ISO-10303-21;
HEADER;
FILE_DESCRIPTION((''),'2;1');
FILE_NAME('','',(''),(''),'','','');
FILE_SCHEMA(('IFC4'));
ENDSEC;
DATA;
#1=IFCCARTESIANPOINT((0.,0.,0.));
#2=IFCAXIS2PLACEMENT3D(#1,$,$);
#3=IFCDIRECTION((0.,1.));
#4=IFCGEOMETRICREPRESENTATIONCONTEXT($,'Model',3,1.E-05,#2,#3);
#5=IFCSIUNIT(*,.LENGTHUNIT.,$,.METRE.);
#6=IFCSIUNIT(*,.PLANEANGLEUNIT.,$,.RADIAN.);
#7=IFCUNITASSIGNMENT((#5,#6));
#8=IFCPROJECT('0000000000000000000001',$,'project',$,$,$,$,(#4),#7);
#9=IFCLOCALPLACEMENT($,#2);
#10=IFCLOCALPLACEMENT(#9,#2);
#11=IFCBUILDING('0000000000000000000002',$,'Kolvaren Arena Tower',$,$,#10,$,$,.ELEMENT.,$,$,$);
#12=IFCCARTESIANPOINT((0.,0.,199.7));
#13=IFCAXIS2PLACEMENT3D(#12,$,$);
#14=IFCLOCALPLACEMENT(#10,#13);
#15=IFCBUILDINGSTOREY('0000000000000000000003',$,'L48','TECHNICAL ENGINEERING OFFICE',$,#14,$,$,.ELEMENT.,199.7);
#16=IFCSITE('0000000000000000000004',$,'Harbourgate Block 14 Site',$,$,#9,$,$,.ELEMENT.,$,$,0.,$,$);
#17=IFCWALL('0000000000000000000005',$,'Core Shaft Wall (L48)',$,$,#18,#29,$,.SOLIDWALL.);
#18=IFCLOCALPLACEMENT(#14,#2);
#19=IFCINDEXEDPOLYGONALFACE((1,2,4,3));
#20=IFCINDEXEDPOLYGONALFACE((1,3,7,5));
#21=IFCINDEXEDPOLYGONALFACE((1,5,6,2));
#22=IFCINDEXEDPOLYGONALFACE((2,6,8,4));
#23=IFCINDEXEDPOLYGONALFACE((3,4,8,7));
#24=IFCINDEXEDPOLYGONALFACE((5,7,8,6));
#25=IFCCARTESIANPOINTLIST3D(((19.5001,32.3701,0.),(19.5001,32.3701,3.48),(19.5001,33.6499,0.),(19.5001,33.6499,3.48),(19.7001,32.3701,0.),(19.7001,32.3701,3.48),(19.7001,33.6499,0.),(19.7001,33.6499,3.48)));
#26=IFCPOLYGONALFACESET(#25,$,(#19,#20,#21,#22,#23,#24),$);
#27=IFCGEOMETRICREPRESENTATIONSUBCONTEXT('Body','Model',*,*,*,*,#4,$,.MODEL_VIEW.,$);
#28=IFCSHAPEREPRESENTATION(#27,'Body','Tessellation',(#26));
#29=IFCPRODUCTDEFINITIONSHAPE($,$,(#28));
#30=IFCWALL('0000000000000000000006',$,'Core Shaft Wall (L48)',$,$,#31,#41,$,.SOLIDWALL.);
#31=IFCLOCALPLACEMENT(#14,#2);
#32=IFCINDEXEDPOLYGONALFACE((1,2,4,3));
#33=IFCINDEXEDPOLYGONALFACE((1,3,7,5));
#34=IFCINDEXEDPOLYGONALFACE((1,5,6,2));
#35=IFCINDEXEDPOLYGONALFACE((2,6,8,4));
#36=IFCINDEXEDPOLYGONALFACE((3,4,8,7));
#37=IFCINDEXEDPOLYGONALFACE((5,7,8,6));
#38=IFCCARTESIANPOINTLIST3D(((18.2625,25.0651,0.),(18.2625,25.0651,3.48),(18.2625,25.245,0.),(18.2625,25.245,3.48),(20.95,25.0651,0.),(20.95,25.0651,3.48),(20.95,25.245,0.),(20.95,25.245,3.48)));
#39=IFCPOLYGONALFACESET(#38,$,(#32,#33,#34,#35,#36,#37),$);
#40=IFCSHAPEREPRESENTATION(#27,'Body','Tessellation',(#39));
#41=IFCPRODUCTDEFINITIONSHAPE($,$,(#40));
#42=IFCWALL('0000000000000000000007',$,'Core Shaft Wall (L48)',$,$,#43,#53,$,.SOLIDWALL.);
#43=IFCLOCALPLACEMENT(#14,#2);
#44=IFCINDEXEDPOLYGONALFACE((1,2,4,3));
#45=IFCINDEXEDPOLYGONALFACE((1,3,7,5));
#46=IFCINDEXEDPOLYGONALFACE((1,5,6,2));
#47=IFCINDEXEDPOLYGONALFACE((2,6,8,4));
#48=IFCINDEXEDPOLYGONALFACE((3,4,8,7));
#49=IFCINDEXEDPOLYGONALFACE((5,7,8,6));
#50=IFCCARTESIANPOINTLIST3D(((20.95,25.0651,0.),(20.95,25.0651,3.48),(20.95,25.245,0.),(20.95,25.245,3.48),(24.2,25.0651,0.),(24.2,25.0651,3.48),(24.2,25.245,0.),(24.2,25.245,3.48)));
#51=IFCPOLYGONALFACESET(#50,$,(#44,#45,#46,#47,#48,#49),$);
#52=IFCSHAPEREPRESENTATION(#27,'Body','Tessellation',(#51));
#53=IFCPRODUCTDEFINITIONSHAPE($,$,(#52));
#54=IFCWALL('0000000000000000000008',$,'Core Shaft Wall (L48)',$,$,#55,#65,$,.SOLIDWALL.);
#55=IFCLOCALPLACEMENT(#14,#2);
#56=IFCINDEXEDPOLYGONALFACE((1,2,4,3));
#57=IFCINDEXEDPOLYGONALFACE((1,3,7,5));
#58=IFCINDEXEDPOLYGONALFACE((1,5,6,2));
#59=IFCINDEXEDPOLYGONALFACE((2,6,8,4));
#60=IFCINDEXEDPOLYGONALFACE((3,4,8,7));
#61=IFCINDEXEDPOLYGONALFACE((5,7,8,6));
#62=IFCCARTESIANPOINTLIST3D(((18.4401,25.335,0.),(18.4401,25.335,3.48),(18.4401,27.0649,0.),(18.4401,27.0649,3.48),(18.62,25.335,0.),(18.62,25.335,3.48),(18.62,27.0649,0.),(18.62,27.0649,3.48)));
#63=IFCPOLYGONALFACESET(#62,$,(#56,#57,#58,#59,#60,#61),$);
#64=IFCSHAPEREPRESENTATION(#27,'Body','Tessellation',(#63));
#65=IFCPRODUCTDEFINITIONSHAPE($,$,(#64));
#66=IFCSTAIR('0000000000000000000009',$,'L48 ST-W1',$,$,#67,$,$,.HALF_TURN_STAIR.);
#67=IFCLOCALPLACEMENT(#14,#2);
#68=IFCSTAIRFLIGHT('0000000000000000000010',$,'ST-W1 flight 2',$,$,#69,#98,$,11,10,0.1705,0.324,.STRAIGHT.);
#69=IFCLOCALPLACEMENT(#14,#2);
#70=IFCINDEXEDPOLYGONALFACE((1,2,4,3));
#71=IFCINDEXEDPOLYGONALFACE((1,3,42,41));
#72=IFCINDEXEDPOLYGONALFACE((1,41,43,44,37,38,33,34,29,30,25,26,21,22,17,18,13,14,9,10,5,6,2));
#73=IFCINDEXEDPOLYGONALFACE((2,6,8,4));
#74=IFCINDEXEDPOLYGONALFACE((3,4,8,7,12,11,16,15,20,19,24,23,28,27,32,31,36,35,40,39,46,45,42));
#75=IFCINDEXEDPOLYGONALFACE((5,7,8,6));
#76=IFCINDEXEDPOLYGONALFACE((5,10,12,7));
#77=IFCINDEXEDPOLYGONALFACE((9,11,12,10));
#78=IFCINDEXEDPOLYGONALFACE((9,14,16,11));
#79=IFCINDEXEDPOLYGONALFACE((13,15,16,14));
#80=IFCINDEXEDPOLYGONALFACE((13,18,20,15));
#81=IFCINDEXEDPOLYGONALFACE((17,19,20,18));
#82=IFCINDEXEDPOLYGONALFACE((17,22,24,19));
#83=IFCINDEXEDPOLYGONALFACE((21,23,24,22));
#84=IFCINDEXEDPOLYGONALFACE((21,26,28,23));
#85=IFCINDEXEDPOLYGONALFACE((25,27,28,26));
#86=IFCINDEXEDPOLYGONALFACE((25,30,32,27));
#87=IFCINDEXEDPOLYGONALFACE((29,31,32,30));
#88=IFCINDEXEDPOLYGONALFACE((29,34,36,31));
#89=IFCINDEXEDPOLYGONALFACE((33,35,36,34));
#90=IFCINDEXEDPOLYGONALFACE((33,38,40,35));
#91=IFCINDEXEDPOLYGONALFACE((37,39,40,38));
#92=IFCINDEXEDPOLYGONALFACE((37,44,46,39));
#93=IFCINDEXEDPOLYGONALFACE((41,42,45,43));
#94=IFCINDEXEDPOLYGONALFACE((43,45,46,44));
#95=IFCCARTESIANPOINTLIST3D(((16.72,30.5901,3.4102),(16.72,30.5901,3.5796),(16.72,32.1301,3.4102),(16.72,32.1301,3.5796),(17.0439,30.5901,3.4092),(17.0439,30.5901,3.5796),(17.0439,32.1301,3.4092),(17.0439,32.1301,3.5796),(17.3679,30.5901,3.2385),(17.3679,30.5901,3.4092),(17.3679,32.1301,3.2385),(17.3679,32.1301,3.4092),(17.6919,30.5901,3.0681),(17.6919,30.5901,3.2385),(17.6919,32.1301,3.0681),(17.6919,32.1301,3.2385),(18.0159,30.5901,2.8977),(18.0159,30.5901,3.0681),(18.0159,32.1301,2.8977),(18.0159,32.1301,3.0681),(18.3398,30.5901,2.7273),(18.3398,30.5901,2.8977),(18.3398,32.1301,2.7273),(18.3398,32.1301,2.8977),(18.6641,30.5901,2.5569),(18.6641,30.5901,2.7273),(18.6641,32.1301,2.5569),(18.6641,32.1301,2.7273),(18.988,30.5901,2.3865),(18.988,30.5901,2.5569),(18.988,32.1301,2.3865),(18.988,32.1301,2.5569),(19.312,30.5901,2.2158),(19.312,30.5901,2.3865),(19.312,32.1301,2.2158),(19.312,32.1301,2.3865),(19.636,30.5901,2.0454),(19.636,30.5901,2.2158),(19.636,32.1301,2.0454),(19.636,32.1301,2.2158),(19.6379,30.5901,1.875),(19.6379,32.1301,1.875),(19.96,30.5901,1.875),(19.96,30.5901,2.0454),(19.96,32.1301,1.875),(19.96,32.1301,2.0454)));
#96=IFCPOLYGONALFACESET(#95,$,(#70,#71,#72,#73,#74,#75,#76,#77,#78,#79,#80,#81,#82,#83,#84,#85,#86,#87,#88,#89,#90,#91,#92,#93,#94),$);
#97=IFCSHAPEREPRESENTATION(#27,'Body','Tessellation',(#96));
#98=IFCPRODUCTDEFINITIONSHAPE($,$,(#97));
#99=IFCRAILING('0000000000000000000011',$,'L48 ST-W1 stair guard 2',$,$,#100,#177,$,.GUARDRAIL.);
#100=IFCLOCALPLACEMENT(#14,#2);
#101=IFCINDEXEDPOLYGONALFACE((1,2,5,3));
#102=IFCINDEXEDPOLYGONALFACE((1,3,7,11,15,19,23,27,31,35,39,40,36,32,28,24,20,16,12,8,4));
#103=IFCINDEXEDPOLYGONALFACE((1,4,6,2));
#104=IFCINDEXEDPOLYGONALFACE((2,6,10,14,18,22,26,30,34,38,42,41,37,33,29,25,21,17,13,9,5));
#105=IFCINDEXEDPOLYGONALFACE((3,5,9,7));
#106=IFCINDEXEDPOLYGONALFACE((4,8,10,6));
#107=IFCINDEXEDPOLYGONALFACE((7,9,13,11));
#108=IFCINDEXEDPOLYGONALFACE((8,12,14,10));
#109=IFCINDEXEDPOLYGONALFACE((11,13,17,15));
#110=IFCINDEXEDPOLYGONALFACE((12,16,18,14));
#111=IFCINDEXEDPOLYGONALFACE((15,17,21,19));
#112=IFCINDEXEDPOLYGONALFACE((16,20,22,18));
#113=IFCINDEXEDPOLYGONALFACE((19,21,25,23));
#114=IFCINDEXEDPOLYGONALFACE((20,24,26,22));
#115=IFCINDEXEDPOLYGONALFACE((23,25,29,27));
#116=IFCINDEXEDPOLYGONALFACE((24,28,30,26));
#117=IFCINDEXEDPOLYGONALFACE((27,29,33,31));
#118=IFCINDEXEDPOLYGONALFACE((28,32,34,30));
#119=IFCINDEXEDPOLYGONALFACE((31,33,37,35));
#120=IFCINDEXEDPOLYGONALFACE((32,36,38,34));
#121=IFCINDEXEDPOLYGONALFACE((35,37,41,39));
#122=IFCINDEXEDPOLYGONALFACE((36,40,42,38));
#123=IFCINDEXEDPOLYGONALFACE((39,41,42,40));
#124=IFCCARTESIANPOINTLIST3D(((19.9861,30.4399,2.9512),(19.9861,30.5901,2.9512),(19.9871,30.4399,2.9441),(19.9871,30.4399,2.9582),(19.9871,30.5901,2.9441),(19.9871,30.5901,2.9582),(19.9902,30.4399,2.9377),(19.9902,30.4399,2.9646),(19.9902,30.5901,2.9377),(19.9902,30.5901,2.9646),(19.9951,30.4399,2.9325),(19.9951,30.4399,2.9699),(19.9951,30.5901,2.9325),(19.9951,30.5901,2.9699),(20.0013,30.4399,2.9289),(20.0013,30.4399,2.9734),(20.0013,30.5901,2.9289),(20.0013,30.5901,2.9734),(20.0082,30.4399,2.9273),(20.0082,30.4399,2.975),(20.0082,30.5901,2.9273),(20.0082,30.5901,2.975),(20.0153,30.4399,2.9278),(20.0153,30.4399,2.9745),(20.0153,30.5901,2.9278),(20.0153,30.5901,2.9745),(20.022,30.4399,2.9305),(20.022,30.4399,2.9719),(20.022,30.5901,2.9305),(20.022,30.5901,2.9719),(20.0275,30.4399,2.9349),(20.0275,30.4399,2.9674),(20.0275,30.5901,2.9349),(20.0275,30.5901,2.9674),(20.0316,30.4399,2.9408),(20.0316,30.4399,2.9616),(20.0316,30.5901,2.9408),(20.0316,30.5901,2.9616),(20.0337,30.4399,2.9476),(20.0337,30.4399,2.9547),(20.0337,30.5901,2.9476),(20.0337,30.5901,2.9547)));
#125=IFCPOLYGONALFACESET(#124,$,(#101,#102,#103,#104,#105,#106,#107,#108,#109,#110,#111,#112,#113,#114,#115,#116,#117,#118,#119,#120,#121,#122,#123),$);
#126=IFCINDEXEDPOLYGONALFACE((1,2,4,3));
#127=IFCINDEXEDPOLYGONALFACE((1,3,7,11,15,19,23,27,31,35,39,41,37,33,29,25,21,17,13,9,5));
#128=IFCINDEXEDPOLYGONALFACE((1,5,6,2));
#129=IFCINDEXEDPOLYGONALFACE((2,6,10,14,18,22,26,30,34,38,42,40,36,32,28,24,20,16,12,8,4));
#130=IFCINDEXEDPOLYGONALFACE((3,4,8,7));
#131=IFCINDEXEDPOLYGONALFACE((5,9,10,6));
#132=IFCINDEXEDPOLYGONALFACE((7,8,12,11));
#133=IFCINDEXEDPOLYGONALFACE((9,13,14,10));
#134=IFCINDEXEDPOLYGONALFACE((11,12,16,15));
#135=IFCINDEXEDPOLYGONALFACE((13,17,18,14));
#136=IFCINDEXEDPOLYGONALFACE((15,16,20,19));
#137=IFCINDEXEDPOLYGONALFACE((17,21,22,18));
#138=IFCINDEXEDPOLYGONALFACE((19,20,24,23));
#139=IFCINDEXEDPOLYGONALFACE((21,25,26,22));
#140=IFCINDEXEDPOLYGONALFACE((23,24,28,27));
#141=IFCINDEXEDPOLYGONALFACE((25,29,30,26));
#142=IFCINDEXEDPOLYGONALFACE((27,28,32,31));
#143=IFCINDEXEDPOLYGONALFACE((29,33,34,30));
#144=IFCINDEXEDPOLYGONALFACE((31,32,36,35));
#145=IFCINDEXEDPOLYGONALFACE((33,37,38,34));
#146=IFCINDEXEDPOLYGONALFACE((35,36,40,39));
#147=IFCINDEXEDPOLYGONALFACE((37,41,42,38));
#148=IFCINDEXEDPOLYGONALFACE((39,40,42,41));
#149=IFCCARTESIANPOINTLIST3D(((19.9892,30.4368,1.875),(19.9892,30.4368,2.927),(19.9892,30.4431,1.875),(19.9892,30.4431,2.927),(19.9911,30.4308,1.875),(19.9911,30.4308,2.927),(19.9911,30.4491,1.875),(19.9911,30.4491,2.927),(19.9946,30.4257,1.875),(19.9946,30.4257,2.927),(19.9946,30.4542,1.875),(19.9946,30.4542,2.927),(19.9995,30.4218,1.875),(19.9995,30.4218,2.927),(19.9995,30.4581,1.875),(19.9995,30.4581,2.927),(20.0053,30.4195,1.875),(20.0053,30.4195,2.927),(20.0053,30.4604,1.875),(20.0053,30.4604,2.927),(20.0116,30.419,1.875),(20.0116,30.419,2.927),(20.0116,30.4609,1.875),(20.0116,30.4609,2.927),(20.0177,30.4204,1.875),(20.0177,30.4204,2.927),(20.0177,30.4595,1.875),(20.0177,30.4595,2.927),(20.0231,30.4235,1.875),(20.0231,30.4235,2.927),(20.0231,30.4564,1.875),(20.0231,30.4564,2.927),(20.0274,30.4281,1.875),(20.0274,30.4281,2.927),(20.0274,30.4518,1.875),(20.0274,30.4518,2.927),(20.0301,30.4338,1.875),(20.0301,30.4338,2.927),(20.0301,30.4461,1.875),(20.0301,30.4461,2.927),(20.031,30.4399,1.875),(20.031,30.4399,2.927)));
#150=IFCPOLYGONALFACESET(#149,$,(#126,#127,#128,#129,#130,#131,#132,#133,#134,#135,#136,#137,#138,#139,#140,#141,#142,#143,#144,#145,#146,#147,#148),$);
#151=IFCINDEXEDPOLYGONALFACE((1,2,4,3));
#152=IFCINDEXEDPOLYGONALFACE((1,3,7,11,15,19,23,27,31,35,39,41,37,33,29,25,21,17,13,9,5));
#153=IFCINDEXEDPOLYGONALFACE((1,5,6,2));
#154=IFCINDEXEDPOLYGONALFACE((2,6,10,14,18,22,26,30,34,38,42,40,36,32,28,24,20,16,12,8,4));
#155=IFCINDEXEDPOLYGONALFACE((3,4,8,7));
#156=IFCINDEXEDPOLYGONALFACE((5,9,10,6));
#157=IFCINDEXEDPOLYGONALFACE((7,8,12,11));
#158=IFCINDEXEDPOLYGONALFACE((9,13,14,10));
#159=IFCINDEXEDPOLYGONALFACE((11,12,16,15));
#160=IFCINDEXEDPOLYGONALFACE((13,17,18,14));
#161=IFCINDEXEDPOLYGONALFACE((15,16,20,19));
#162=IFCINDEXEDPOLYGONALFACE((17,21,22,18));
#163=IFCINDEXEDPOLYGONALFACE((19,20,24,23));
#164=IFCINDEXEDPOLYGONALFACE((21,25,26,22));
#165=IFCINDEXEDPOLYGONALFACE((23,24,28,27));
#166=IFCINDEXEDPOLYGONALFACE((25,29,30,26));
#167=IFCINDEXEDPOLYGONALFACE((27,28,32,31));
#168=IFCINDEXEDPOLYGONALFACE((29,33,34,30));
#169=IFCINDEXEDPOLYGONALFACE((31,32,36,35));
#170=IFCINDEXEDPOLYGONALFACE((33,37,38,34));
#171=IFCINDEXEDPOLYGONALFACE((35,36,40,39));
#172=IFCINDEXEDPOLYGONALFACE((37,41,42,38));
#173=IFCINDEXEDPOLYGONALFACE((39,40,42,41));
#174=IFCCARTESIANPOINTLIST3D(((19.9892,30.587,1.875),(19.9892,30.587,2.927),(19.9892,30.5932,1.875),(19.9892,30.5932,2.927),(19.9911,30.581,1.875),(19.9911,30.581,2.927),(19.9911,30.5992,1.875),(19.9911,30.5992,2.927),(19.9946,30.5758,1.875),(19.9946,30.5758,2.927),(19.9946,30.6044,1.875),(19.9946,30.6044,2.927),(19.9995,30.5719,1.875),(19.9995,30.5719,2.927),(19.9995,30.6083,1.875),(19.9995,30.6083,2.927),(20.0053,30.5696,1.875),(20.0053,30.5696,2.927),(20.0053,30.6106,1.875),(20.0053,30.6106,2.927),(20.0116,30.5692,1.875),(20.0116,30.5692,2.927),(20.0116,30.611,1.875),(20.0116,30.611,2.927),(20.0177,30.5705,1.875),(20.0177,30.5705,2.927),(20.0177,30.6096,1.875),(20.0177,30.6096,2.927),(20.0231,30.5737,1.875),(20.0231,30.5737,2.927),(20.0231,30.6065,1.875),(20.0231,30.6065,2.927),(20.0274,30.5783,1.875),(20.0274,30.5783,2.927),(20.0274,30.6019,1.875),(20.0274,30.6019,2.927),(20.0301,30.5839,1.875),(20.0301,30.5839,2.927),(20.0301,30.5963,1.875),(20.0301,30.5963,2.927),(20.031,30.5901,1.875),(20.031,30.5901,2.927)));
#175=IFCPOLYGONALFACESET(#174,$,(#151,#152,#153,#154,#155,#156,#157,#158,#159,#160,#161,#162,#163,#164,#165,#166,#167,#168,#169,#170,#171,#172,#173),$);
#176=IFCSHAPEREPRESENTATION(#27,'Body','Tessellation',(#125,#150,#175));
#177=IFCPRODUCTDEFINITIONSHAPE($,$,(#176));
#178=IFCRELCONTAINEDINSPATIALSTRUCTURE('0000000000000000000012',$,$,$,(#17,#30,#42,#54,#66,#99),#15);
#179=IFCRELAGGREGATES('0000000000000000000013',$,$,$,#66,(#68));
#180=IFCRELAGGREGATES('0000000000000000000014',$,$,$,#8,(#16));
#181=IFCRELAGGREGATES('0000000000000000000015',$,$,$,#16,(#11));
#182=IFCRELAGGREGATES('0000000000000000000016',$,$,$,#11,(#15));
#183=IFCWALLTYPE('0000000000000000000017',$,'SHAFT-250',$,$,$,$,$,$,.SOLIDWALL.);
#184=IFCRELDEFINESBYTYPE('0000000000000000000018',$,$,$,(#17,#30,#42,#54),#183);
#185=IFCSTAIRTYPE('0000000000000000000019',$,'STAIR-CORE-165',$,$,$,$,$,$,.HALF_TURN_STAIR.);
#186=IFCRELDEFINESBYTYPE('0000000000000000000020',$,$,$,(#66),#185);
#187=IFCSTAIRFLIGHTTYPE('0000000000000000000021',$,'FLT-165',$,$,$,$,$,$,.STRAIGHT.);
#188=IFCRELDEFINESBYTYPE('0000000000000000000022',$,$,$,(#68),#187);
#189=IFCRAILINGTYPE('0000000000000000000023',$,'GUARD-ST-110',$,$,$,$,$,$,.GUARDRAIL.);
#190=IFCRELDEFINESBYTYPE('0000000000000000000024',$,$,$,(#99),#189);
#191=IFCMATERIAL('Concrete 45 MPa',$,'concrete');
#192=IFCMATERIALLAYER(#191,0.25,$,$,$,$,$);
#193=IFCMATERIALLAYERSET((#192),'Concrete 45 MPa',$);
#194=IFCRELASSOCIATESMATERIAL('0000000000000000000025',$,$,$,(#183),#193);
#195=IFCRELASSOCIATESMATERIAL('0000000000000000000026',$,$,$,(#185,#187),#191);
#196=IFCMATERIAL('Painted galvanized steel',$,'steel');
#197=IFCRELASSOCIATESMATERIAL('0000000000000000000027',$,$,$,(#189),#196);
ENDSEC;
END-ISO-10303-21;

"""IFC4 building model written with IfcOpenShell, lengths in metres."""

from ifc_helpers import new_model, si_unit, direction, frame, frame_2d, origin, origin_2d, place, context, subcontext, project, spatial, polyline, rectangle, circle, outline, extrude, material, layer, layer_set, type_object, element, aggregate, save


model = new_model("IFC4")

# Units and contexts
model_context = context("Model", 3, precision=1e-05, world=origin(), true_north=direction((0.0, 1.0)))
body_context = subcontext(model_context, "Body", "Model", "MODEL_VIEW")
ifc_project = project(units=[si_unit("LENGTHUNIT", "METRE"), si_unit("PLANEANGLEUNIT", "RADIAN")], contexts=[model_context])

# Site, building, storey
site_placement = place(None, origin())
site = spatial("IfcSite", under=ifc_project, at=site_placement, Name="Harbourgate Block 14 Site", CompositionType="ELEMENT", RefElevation=0.0)
building_placement = place(site_placement, origin())
building = spatial("IfcBuilding", under=site, at=building_placement, Name="Kolvaren Arena Tower", CompositionType="ELEMENT")
storey_placement = place(building_placement, frame((0.0, 0.0, 199.7)))
storey = spatial("IfcBuildingStorey", under=building, at=storey_placement, Name="L48", Description="TECHNICAL ENGINEERING OFFICE", CompositionType="ELEMENT", Elevation=199.7)

# Shared definitions
ifc_material_1 = material(Name="Concrete 45 MPa", Category="concrete")
ifc_layer_1 = layer(ifc_material_1, 0.25)
ifc_layer_set_1 = layer_set([ifc_layer_1], Name="Concrete 45 MPa")
wall_type_1 = type_object("IfcWallType", Name="SHAFT-250", PredefinedType="SOLIDWALL", material=ifc_layer_set_1)

# Walls
wall_1_placement = place(storey_placement, frame((19.6001, 32.3701, 0.0), z_axis=(0.0, 0.0, 1.0), x_axis=(0.0, 1.0, 0.0)))
element("IfcWall", 1, at=wall_1_placement, inside=storey, type_object=wall_type_1, Name="Core Shaft Wall (L48)", PredefinedType="SOLIDWALL", context=body_context, shape_type="SweptSolid", body=[
    extrude(rectangle(XDim=1.2798, YDim=0.2, at=frame_2d((0.6399, 0.0))), origin(), (0.0, 0.0, 1.0), 3.48),
])
wall_2_placement = place(storey_placement, frame((18.2625, 25.155, 0.0), z_axis=(0.0, 0.0, 1.0), x_axis=(1.0, 0.0, 0.0)))
element("IfcWall", 2, at=wall_2_placement, inside=storey, type_object=wall_type_1, Name="Core Shaft Wall (L48)", PredefinedType="SOLIDWALL", context=body_context, shape_type="SweptSolid", body=[
    extrude(rectangle(XDim=2.6875, YDim=0.1799, at=frame_2d((1.3438, 0.0))), origin(), (0.0, 0.0, 1.0), 3.48),
])
wall_3_placement = place(storey_placement, frame((20.95, 25.155, 0.0), z_axis=(0.0, 0.0, 1.0), x_axis=(1.0, 0.0, 0.0)))
element("IfcWall", 3, at=wall_3_placement, inside=storey, type_object=wall_type_1, Name="Core Shaft Wall (L48)", PredefinedType="SOLIDWALL", context=body_context, shape_type="SweptSolid", body=[
    extrude(rectangle(XDim=3.25, YDim=0.1799, at=frame_2d((1.625, 0.0))), origin(), (0.0, 0.0, 1.0), 3.48),
])
wall_4_placement = place(storey_placement, frame((18.53, 25.335, 0.0), z_axis=(0.0, 0.0, 1.0), x_axis=(0.0, 1.0, 0.0)))
element("IfcWall", 4, at=wall_4_placement, inside=storey, type_object=wall_type_1, Name="Core Shaft Wall (L48)", PredefinedType="SOLIDWALL", context=body_context, shape_type="SweptSolid", body=[
    extrude(rectangle(XDim=1.73, YDim=0.1799, at=frame_2d((0.865, 0.0))), origin(), (0.0, 0.0, 1.0), 3.48),
])

# Stair, stair flight
stair_type = type_object("IfcStairType", Name="STAIR-CORE-165", PredefinedType="HALF_TURN_STAIR", material=ifc_material_1)
stair_placement = place(storey_placement, origin())
stair = element("IfcStair", 5, at=stair_placement, inside=storey, type_object=stair_type, Name="L48 ST-W1", PredefinedType="HALF_TURN_STAIR")
stair_flight_type = type_object("IfcStairFlightType", Name="FLT-165", PredefinedType="STRAIGHT", material=ifc_material_1)
stair_flight_placement = place(storey_placement, frame((19.96, 31.3601, 1.875), z_axis=(0.0, 0.0, 1.0), x_axis=(-1.0, 0.0, 0.0)))
stair_flight = element("IfcStairFlight", 6, at=stair_flight_placement, type_object=stair_flight_type, Name="ST-W1 flight 2", NumberOfRisers=11, NumberOfTreads=10, PredefinedType="STRAIGHT", RiserHeight=0.1705, TreadLength=0.324, context=body_context, shape_type="SweptSolid", body=[
    extrude(outline(polyline([(0.0, 0.0), (0.0, 0.1704), (0.324, 0.1704), (0.324, 0.3408), (0.6479, 0.3408), (0.6479, 0.5115), (0.9719, 0.5115), (0.9719, 0.6819), (1.2959, 0.6819), (1.2959, 0.8523), (1.6201, 0.8523), (1.6201, 1.0227), (1.9441, 1.0227), (1.9441, 1.1931), (2.2681, 1.1931), (2.2681, 1.3635), (2.592, 1.3635), (2.592, 1.5342), (2.916, 1.5342), (2.916, 1.7046), (3.24, 1.7046), (3.24, 1.875), (3.24, 1.5352), (0.322, 0.0), (0.0, 0.0)])), frame((0.0, 0.77, 0.0), z_axis=(0.0, -1.0, 0.0), x_axis=(1.0, 0.0, 0.0)), (0.0, 0.0, 1.0), 1.54),
])
aggregate(stair, [stair_flight])

# Railing
ifc_material_2 = material(Name="Painted galvanized steel", Category="steel")
railing_type_1 = type_object("IfcRailingType", Name="GUARD-ST-110", PredefinedType="GUARDRAIL", material=ifc_material_2)
railing_1_placement = place(storey_placement, frame((20.01, 30.4399, 1.875)))
element("IfcRailing", 7, at=railing_1_placement, inside=storey, type_object=railing_type_1, Name="L48 ST-W1 stair guard 2", PredefinedType="GUARDRAIL", context=body_context, shape_type="SweptSolid", body=[
    extrude(circle(Radius=0.0239, at=origin_2d()), frame((0.0, 0.0, 1.0762), z_axis=(0.0, 1.0, 0.0), x_axis=(-1.0, 0.0, 0.0)), (0.0, 0.0, 1.0), 0.1501),
    extrude(circle(Radius=0.021, at=origin_2d()), origin(), (0.0, 0.0, 1.0), 1.052),
    extrude(circle(Radius=0.021, at=origin_2d()), frame((0.0, 0.1501, 0.0)), (0.0, 0.0, 1.0), 1.052),
])

save(model, "model.ifc")
